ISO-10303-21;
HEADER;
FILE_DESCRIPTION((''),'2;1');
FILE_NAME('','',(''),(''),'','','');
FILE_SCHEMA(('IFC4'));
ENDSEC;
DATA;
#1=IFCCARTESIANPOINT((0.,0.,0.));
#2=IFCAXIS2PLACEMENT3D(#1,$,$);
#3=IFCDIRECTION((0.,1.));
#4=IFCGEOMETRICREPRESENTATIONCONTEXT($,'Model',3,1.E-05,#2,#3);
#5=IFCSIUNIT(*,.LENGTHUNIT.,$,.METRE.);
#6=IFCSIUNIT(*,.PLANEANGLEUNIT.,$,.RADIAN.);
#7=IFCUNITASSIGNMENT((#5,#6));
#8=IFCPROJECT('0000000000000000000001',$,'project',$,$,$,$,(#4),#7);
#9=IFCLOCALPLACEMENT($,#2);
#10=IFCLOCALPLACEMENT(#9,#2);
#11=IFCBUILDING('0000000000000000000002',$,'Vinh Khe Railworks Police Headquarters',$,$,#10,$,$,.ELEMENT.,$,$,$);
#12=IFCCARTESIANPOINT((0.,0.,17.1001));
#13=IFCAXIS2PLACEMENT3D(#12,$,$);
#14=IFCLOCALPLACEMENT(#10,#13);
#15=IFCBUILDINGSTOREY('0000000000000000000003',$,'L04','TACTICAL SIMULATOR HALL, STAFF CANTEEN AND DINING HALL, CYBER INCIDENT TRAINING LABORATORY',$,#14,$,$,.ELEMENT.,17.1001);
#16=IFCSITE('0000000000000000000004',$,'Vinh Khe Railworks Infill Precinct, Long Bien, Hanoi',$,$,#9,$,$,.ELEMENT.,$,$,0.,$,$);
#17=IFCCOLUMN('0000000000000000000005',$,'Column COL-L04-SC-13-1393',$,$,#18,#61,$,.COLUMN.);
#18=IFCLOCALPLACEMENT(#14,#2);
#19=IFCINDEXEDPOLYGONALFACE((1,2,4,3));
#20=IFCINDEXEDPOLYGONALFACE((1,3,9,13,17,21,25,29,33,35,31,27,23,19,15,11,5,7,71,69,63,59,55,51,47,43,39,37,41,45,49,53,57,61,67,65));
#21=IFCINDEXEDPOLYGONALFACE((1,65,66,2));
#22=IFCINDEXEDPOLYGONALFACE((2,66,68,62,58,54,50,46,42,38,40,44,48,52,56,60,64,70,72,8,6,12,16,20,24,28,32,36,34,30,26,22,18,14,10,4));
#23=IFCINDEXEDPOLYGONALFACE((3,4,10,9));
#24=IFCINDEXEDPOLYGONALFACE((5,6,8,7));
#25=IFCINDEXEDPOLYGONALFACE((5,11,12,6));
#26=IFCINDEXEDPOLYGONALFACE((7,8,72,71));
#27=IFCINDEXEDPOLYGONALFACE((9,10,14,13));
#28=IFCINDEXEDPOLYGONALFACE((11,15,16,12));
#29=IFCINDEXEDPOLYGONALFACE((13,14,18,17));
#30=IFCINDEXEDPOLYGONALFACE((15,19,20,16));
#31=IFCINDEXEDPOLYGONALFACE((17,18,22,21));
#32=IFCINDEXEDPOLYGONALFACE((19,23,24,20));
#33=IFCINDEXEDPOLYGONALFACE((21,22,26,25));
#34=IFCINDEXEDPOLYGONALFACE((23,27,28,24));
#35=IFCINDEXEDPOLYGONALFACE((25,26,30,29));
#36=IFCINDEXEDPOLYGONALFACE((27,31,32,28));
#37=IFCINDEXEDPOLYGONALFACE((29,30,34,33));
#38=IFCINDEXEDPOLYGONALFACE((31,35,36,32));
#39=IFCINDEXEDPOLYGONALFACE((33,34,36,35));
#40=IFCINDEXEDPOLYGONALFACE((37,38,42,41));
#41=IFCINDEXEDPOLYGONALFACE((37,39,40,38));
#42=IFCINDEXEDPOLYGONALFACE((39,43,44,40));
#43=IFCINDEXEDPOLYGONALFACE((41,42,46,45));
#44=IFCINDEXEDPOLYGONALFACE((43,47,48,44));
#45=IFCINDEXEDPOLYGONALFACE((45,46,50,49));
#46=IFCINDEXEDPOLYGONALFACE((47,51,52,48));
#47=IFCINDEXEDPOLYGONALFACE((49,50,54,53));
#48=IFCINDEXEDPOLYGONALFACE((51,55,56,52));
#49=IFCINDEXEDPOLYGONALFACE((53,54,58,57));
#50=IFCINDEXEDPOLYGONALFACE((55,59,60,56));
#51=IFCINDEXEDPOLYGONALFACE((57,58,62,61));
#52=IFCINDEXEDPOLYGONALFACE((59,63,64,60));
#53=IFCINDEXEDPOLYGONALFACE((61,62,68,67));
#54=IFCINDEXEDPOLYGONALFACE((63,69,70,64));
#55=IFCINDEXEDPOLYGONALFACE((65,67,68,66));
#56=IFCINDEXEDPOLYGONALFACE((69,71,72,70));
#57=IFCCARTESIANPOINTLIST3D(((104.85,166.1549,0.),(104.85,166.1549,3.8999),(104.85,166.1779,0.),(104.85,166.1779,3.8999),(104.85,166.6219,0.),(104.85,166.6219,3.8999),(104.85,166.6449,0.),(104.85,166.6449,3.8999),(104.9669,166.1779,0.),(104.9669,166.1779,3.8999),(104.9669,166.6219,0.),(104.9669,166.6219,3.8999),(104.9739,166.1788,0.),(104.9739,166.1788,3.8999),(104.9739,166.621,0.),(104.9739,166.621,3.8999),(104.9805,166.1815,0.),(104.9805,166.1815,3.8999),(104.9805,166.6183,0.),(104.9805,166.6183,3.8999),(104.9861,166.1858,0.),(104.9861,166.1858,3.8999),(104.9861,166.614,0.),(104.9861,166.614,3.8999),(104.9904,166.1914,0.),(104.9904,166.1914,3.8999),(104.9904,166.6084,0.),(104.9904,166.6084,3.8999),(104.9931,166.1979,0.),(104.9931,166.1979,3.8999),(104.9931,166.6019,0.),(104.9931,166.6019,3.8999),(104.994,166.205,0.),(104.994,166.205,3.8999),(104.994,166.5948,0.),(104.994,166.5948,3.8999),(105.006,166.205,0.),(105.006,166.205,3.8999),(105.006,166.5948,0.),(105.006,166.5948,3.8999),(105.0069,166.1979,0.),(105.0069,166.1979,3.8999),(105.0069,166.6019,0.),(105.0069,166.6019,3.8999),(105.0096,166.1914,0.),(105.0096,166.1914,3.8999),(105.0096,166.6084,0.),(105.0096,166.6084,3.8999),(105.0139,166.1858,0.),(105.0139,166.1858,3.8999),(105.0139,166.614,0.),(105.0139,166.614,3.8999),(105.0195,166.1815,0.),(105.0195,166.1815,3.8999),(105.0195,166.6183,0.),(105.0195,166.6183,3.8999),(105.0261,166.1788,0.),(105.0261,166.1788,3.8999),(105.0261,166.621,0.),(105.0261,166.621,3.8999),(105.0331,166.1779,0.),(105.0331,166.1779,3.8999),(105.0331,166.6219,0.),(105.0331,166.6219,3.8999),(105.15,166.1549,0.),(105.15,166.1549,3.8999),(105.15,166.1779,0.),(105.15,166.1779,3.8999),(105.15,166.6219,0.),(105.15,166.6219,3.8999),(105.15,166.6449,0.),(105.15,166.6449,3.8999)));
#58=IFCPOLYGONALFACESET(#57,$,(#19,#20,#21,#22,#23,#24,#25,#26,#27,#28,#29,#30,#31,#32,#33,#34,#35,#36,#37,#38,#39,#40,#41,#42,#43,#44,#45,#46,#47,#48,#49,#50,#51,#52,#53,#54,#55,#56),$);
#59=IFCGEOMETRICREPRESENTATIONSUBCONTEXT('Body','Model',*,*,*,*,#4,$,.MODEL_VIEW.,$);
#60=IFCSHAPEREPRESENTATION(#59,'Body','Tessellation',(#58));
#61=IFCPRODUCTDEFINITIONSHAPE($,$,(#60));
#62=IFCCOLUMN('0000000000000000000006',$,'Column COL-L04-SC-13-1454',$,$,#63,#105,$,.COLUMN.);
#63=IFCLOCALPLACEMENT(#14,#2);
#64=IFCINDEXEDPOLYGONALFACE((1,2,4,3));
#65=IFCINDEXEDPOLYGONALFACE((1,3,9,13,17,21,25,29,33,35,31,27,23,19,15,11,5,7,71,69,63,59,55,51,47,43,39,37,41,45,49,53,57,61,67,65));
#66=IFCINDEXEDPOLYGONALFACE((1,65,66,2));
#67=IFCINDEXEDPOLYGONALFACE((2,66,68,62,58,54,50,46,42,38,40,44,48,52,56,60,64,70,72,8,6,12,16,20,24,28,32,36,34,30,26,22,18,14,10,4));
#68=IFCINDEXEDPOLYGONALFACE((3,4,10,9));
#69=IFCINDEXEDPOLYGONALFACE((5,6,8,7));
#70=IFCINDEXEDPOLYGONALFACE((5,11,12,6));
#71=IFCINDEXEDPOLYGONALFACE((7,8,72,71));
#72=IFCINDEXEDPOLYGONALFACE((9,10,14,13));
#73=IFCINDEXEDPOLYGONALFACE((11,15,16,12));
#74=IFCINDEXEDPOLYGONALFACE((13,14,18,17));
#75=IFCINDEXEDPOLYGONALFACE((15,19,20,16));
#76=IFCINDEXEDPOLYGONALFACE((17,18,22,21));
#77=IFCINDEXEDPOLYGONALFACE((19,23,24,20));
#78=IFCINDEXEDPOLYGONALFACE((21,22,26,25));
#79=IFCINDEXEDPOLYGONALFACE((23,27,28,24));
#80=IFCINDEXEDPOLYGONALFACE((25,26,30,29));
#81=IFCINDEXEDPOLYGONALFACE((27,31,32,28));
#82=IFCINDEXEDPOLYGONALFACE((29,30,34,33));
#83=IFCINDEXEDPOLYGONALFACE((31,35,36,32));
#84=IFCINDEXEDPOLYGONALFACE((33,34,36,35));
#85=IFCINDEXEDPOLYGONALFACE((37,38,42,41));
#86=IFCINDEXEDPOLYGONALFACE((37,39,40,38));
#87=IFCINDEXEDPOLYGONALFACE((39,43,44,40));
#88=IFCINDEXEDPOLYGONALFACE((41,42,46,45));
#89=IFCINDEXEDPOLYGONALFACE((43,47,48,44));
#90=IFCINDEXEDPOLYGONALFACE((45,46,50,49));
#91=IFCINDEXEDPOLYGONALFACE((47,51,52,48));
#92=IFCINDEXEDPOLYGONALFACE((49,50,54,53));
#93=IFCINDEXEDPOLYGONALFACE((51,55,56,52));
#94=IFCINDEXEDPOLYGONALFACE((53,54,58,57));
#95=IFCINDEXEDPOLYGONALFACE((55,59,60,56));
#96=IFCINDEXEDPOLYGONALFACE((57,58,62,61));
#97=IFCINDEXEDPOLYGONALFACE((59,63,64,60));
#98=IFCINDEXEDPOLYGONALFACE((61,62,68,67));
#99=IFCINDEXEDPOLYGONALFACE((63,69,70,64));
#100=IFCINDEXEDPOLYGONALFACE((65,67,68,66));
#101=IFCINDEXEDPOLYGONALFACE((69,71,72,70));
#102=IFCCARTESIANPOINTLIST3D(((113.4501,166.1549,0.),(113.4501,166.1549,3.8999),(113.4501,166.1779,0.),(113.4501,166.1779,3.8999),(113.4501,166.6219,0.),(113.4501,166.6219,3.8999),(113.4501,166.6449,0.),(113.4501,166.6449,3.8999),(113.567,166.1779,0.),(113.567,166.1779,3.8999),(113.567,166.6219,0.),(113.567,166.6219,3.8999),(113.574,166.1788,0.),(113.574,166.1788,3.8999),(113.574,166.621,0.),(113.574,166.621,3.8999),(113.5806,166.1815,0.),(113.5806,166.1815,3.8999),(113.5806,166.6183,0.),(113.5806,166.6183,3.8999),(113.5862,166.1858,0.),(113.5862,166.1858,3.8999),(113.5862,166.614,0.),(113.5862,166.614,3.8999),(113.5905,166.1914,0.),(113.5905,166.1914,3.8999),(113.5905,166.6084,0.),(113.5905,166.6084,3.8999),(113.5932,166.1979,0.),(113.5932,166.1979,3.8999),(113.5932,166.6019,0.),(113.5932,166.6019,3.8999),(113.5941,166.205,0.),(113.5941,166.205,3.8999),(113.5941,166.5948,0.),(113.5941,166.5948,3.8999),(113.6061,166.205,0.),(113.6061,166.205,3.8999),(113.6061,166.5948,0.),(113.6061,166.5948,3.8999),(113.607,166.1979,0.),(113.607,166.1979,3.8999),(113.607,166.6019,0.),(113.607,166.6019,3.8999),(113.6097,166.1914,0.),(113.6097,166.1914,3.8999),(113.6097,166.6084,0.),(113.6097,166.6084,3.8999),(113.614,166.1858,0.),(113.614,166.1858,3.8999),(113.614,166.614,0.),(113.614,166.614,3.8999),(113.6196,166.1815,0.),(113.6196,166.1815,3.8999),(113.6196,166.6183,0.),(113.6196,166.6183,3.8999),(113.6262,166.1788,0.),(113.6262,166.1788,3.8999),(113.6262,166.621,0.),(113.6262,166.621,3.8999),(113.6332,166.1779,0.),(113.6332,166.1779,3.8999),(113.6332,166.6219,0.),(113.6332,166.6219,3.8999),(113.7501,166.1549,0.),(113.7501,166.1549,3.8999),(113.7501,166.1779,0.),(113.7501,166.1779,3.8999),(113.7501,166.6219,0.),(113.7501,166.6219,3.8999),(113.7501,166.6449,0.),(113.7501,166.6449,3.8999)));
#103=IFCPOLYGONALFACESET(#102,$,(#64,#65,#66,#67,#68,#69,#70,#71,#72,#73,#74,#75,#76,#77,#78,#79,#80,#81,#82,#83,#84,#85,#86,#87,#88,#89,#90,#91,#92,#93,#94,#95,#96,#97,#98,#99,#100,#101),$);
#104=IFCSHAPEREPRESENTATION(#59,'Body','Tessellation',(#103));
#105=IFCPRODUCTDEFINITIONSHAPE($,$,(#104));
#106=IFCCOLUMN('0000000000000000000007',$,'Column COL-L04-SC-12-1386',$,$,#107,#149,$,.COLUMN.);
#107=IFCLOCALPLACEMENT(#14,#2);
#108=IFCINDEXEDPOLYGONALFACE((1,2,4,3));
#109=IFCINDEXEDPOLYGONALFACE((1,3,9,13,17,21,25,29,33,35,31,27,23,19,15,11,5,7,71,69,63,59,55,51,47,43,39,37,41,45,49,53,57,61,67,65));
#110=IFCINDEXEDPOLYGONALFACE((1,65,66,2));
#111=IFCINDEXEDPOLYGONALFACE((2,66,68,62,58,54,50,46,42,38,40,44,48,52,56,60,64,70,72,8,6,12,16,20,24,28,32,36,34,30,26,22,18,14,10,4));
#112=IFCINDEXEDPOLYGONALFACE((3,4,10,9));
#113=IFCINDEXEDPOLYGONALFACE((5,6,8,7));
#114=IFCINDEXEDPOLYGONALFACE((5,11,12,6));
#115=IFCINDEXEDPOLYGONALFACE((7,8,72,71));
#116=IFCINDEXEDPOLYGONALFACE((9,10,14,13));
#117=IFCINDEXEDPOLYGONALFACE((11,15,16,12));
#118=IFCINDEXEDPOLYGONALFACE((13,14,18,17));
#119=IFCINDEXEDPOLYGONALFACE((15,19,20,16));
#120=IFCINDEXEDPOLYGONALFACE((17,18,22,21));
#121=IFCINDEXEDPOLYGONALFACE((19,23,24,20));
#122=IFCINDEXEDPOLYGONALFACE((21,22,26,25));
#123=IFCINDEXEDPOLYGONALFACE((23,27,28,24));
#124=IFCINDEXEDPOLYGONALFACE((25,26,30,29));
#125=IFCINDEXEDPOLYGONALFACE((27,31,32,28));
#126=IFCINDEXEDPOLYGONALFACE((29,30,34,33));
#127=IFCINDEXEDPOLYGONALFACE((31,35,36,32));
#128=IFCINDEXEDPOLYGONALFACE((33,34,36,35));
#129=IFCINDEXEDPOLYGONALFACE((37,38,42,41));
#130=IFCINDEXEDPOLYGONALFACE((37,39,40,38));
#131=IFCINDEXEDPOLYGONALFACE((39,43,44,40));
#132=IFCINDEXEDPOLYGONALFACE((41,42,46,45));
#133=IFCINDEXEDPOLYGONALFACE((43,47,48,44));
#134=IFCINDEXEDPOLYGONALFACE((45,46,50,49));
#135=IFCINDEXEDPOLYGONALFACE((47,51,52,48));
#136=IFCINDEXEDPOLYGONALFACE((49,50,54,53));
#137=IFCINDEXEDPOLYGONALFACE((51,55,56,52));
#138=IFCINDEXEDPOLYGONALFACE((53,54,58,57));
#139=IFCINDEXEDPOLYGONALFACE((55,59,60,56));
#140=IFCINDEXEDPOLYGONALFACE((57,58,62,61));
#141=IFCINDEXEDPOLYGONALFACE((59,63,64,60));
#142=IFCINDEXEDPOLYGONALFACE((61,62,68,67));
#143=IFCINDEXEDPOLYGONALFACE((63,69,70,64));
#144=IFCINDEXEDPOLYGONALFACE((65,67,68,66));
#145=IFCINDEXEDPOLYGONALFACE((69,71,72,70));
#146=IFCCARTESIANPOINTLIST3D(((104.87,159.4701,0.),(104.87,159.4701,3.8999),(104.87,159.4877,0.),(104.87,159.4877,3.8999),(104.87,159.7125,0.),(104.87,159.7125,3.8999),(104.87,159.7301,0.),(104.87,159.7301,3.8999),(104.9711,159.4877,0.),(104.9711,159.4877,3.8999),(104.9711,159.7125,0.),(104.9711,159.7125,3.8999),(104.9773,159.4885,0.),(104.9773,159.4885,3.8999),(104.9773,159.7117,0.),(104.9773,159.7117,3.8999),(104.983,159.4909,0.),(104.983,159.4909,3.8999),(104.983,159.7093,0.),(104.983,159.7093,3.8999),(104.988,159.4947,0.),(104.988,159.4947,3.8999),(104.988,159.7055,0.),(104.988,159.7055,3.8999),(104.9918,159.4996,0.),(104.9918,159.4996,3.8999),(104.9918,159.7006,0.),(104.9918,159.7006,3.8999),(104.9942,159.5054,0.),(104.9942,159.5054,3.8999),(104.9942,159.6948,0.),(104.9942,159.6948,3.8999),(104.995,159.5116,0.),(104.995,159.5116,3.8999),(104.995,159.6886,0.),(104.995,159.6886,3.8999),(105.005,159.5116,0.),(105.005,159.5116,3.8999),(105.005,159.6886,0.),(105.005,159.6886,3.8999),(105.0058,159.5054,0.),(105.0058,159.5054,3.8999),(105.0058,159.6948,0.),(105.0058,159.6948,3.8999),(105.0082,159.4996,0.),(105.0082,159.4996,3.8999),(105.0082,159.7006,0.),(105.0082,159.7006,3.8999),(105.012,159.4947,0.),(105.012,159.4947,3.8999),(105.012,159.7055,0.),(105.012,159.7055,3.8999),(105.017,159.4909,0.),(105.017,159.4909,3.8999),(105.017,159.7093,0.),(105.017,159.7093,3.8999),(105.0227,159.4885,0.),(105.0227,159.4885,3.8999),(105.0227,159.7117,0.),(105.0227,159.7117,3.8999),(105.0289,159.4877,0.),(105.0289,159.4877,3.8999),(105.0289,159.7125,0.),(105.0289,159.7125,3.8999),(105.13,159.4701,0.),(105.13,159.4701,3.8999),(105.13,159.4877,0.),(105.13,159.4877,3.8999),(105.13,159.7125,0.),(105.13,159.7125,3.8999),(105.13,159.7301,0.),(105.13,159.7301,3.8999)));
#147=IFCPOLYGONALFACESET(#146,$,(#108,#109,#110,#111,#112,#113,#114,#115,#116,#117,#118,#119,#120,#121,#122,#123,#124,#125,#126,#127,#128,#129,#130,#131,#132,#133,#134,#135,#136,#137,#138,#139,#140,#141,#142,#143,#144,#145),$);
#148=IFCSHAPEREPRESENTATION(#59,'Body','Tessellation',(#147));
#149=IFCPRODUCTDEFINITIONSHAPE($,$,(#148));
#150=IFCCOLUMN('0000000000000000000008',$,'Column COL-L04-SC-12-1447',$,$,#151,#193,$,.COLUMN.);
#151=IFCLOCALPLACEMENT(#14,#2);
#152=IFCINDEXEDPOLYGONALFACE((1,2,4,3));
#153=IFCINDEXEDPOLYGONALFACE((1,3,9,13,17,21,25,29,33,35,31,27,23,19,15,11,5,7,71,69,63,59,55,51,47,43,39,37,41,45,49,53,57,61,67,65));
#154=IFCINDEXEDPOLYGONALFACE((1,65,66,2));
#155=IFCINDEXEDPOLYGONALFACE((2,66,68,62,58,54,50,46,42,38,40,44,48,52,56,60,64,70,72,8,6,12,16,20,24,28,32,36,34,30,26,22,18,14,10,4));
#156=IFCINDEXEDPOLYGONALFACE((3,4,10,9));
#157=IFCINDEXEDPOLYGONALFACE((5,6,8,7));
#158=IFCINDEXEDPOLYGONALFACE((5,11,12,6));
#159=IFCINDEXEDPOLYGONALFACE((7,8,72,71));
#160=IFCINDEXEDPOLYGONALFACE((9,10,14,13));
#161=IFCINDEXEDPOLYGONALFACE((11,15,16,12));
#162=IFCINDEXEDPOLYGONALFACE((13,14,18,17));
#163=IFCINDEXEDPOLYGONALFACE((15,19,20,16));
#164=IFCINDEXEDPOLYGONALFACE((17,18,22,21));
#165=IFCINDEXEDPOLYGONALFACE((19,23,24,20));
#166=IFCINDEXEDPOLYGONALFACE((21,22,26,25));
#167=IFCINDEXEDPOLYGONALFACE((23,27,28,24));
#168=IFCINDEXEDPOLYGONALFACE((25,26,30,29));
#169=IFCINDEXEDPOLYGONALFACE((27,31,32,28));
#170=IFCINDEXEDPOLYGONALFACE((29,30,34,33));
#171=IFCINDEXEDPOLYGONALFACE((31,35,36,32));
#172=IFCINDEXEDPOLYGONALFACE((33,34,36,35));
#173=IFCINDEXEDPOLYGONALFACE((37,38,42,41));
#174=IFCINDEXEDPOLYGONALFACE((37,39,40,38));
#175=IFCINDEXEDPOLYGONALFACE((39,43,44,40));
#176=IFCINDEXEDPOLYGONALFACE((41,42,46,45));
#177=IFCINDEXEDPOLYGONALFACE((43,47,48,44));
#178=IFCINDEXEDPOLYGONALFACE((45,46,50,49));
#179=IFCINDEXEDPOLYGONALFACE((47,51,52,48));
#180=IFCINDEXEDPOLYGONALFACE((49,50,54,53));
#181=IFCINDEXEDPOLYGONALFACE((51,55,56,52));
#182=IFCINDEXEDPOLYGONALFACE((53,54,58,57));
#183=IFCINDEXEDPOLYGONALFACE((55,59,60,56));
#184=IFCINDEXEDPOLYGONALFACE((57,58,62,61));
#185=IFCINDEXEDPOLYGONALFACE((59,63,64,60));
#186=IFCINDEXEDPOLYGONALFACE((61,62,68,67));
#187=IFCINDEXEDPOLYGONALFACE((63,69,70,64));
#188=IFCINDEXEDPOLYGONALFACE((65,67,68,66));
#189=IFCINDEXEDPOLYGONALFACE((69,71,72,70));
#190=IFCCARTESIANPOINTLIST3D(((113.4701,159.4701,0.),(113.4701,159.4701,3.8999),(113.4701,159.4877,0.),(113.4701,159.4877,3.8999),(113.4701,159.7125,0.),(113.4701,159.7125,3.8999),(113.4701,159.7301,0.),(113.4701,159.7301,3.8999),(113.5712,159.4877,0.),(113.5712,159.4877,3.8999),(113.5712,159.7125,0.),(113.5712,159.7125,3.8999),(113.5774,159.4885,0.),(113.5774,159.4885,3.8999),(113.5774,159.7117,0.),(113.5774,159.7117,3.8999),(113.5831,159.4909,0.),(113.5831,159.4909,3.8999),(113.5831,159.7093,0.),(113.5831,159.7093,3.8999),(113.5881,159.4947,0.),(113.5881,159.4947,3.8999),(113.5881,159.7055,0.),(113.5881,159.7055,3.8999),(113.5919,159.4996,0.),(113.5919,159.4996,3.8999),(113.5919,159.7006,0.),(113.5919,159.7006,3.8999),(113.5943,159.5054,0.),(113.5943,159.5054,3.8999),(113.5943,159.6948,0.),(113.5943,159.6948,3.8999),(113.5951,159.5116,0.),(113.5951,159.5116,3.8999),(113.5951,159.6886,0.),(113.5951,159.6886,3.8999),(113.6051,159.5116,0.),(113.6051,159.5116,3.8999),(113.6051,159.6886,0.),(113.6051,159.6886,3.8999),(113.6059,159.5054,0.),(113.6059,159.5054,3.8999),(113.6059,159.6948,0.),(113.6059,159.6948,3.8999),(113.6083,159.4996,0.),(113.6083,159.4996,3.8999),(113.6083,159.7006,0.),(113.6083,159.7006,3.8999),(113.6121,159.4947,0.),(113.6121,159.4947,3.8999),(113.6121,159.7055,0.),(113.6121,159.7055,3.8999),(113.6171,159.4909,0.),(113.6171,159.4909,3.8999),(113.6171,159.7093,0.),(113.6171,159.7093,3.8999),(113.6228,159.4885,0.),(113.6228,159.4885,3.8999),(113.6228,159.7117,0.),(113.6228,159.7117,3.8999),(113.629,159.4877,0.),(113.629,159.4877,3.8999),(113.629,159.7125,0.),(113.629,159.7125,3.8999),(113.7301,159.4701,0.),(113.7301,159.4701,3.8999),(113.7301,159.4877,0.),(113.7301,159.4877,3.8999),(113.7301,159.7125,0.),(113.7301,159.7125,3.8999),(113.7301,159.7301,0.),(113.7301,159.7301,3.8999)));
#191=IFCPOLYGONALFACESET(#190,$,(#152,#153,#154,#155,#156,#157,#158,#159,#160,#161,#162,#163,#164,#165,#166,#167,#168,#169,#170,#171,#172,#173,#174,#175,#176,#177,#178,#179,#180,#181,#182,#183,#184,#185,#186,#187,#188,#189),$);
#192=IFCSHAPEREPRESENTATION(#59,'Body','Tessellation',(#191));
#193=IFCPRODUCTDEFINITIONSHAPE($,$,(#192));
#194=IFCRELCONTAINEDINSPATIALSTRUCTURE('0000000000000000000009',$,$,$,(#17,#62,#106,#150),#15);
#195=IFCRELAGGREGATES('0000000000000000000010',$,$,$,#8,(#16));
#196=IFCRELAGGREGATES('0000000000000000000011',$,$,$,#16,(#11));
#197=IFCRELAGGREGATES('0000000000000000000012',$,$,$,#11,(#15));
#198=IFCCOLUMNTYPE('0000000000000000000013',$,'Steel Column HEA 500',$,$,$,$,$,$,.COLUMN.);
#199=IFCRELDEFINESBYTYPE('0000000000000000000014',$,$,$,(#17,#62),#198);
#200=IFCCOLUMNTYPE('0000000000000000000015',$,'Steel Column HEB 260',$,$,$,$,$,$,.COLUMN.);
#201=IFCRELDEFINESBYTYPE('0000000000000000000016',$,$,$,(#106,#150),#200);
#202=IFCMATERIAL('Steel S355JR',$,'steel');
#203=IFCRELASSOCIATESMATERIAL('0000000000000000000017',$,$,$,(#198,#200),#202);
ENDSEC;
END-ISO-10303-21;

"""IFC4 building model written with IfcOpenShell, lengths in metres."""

from ifc_helpers import new_model, si_unit, direction, frame, origin, origin_2d, place, context, subcontext, project, spatial, i_section, extrude, material, material_profile, profile_set, type_object, element, save


model = new_model("IFC4")

# Units and contexts
model_context = context("Model", 3, precision=1e-05, world=origin(), true_north=direction((0.0, 1.0)))
body_context = subcontext(model_context, "Body", "Model", "MODEL_VIEW")
ifc_project = project(units=[si_unit("LENGTHUNIT", "METRE"), si_unit("PLANEANGLEUNIT", "RADIAN")], contexts=[model_context])

# Site, building, storey
site_placement = place(None, origin())
site = spatial("IfcSite", under=ifc_project, at=site_placement, Name="Vinh Khe Railworks Infill Precinct, Long Bien, Hanoi", CompositionType="ELEMENT", RefElevation=0.0)
building_placement = place(site_placement, origin())
building = spatial("IfcBuilding", under=site, at=building_placement, Name="Vinh Khe Railworks Police Headquarters", CompositionType="ELEMENT")
storey_placement = place(building_placement, frame((0.0, 0.0, 17.1001)))
storey = spatial("IfcBuildingStorey", under=building, at=storey_placement, Name="L04", Description="TACTICAL SIMULATOR HALL, STAFF CANTEEN AND DINING HALL, CYBER INCIDENT TRAINING LABORATORY", CompositionType="ELEMENT", Elevation=17.1001)

# Columns
ifc_material_1 = material(Name="Steel S355JR", Category="steel")
ifc_material_profile_1 = material_profile(ifc_material_1, i_section(OverallWidth=0.3, OverallDepth=0.49, WebThickness=0.012, FlangeThickness=0.0229, FilletRadius=0.0271, at=origin_2d()), Name="HEA 500")
ifc_profile_set_1 = profile_set([ifc_material_profile_1], Name="Steel S355JR")
column_type_1 = type_object("IfcColumnType", Name="Steel Column HEA 500", PredefinedType="COLUMN", material=ifc_profile_set_1)
for number, where, z_axis, x_axis, name in (
    (1, (105.0, 166.3999, 0.0), (0.0, 0.0, 1.0), (1.0, 0.0, 0.0), "Column COL-L04-SC-13-1393"),
    (2, (113.6001, 166.3999, 0.0), (0.0, 0.0, 1.0), (1.0, 0.0, 0.0), "Column COL-L04-SC-13-1454"),
):
    element("IfcColumn", number, at=place(storey_placement, frame(where, z_axis=z_axis, x_axis=x_axis)), inside=storey, type_object=column_type_1, Name=name, PredefinedType="COLUMN", context=body_context, shape_type="SweptSolid", body=[
        extrude(i_section(OverallWidth=0.3, OverallDepth=0.49, WebThickness=0.012, FlangeThickness=0.0229, FilletRadius=0.0271, at=origin_2d()), origin(), (0.0, 0.0, 1.0), 3.8999),
    ])
ifc_material_profile_2 = material_profile(ifc_material_1, i_section(OverallWidth=0.26, OverallDepth=0.26, WebThickness=0.01, FlangeThickness=0.0176, FilletRadius=0.0239, at=origin_2d()), Name="HEB 260")
ifc_profile_set_2 = profile_set([ifc_material_profile_2], Name="Steel S355JR")
column_type_2 = type_object("IfcColumnType", Name="Steel Column HEB 260", PredefinedType="COLUMN", material=ifc_profile_set_2)
for number, where, z_axis, x_axis, name in (
    (3, (105.0, 159.6001, 0.0), (0.0, 0.0, 1.0), (1.0, 0.0, 0.0), "Column COL-L04-SC-12-1386"),
    (4, (113.6001, 159.6001, 0.0), (0.0, 0.0, 1.0), (1.0, 0.0, 0.0), "Column COL-L04-SC-12-1447"),
):
    element("IfcColumn", number, at=place(storey_placement, frame(where, z_axis=z_axis, x_axis=x_axis)), inside=storey, type_object=column_type_2, Name=name, PredefinedType="COLUMN", context=body_context, shape_type="SweptSolid", body=[
        extrude(i_section(OverallWidth=0.26, OverallDepth=0.26, WebThickness=0.01, FlangeThickness=0.0176, FilletRadius=0.0239, at=origin_2d()), origin(), (0.0, 0.0, 1.0), 3.8999),
    ])

save(model, "model.ifc")
